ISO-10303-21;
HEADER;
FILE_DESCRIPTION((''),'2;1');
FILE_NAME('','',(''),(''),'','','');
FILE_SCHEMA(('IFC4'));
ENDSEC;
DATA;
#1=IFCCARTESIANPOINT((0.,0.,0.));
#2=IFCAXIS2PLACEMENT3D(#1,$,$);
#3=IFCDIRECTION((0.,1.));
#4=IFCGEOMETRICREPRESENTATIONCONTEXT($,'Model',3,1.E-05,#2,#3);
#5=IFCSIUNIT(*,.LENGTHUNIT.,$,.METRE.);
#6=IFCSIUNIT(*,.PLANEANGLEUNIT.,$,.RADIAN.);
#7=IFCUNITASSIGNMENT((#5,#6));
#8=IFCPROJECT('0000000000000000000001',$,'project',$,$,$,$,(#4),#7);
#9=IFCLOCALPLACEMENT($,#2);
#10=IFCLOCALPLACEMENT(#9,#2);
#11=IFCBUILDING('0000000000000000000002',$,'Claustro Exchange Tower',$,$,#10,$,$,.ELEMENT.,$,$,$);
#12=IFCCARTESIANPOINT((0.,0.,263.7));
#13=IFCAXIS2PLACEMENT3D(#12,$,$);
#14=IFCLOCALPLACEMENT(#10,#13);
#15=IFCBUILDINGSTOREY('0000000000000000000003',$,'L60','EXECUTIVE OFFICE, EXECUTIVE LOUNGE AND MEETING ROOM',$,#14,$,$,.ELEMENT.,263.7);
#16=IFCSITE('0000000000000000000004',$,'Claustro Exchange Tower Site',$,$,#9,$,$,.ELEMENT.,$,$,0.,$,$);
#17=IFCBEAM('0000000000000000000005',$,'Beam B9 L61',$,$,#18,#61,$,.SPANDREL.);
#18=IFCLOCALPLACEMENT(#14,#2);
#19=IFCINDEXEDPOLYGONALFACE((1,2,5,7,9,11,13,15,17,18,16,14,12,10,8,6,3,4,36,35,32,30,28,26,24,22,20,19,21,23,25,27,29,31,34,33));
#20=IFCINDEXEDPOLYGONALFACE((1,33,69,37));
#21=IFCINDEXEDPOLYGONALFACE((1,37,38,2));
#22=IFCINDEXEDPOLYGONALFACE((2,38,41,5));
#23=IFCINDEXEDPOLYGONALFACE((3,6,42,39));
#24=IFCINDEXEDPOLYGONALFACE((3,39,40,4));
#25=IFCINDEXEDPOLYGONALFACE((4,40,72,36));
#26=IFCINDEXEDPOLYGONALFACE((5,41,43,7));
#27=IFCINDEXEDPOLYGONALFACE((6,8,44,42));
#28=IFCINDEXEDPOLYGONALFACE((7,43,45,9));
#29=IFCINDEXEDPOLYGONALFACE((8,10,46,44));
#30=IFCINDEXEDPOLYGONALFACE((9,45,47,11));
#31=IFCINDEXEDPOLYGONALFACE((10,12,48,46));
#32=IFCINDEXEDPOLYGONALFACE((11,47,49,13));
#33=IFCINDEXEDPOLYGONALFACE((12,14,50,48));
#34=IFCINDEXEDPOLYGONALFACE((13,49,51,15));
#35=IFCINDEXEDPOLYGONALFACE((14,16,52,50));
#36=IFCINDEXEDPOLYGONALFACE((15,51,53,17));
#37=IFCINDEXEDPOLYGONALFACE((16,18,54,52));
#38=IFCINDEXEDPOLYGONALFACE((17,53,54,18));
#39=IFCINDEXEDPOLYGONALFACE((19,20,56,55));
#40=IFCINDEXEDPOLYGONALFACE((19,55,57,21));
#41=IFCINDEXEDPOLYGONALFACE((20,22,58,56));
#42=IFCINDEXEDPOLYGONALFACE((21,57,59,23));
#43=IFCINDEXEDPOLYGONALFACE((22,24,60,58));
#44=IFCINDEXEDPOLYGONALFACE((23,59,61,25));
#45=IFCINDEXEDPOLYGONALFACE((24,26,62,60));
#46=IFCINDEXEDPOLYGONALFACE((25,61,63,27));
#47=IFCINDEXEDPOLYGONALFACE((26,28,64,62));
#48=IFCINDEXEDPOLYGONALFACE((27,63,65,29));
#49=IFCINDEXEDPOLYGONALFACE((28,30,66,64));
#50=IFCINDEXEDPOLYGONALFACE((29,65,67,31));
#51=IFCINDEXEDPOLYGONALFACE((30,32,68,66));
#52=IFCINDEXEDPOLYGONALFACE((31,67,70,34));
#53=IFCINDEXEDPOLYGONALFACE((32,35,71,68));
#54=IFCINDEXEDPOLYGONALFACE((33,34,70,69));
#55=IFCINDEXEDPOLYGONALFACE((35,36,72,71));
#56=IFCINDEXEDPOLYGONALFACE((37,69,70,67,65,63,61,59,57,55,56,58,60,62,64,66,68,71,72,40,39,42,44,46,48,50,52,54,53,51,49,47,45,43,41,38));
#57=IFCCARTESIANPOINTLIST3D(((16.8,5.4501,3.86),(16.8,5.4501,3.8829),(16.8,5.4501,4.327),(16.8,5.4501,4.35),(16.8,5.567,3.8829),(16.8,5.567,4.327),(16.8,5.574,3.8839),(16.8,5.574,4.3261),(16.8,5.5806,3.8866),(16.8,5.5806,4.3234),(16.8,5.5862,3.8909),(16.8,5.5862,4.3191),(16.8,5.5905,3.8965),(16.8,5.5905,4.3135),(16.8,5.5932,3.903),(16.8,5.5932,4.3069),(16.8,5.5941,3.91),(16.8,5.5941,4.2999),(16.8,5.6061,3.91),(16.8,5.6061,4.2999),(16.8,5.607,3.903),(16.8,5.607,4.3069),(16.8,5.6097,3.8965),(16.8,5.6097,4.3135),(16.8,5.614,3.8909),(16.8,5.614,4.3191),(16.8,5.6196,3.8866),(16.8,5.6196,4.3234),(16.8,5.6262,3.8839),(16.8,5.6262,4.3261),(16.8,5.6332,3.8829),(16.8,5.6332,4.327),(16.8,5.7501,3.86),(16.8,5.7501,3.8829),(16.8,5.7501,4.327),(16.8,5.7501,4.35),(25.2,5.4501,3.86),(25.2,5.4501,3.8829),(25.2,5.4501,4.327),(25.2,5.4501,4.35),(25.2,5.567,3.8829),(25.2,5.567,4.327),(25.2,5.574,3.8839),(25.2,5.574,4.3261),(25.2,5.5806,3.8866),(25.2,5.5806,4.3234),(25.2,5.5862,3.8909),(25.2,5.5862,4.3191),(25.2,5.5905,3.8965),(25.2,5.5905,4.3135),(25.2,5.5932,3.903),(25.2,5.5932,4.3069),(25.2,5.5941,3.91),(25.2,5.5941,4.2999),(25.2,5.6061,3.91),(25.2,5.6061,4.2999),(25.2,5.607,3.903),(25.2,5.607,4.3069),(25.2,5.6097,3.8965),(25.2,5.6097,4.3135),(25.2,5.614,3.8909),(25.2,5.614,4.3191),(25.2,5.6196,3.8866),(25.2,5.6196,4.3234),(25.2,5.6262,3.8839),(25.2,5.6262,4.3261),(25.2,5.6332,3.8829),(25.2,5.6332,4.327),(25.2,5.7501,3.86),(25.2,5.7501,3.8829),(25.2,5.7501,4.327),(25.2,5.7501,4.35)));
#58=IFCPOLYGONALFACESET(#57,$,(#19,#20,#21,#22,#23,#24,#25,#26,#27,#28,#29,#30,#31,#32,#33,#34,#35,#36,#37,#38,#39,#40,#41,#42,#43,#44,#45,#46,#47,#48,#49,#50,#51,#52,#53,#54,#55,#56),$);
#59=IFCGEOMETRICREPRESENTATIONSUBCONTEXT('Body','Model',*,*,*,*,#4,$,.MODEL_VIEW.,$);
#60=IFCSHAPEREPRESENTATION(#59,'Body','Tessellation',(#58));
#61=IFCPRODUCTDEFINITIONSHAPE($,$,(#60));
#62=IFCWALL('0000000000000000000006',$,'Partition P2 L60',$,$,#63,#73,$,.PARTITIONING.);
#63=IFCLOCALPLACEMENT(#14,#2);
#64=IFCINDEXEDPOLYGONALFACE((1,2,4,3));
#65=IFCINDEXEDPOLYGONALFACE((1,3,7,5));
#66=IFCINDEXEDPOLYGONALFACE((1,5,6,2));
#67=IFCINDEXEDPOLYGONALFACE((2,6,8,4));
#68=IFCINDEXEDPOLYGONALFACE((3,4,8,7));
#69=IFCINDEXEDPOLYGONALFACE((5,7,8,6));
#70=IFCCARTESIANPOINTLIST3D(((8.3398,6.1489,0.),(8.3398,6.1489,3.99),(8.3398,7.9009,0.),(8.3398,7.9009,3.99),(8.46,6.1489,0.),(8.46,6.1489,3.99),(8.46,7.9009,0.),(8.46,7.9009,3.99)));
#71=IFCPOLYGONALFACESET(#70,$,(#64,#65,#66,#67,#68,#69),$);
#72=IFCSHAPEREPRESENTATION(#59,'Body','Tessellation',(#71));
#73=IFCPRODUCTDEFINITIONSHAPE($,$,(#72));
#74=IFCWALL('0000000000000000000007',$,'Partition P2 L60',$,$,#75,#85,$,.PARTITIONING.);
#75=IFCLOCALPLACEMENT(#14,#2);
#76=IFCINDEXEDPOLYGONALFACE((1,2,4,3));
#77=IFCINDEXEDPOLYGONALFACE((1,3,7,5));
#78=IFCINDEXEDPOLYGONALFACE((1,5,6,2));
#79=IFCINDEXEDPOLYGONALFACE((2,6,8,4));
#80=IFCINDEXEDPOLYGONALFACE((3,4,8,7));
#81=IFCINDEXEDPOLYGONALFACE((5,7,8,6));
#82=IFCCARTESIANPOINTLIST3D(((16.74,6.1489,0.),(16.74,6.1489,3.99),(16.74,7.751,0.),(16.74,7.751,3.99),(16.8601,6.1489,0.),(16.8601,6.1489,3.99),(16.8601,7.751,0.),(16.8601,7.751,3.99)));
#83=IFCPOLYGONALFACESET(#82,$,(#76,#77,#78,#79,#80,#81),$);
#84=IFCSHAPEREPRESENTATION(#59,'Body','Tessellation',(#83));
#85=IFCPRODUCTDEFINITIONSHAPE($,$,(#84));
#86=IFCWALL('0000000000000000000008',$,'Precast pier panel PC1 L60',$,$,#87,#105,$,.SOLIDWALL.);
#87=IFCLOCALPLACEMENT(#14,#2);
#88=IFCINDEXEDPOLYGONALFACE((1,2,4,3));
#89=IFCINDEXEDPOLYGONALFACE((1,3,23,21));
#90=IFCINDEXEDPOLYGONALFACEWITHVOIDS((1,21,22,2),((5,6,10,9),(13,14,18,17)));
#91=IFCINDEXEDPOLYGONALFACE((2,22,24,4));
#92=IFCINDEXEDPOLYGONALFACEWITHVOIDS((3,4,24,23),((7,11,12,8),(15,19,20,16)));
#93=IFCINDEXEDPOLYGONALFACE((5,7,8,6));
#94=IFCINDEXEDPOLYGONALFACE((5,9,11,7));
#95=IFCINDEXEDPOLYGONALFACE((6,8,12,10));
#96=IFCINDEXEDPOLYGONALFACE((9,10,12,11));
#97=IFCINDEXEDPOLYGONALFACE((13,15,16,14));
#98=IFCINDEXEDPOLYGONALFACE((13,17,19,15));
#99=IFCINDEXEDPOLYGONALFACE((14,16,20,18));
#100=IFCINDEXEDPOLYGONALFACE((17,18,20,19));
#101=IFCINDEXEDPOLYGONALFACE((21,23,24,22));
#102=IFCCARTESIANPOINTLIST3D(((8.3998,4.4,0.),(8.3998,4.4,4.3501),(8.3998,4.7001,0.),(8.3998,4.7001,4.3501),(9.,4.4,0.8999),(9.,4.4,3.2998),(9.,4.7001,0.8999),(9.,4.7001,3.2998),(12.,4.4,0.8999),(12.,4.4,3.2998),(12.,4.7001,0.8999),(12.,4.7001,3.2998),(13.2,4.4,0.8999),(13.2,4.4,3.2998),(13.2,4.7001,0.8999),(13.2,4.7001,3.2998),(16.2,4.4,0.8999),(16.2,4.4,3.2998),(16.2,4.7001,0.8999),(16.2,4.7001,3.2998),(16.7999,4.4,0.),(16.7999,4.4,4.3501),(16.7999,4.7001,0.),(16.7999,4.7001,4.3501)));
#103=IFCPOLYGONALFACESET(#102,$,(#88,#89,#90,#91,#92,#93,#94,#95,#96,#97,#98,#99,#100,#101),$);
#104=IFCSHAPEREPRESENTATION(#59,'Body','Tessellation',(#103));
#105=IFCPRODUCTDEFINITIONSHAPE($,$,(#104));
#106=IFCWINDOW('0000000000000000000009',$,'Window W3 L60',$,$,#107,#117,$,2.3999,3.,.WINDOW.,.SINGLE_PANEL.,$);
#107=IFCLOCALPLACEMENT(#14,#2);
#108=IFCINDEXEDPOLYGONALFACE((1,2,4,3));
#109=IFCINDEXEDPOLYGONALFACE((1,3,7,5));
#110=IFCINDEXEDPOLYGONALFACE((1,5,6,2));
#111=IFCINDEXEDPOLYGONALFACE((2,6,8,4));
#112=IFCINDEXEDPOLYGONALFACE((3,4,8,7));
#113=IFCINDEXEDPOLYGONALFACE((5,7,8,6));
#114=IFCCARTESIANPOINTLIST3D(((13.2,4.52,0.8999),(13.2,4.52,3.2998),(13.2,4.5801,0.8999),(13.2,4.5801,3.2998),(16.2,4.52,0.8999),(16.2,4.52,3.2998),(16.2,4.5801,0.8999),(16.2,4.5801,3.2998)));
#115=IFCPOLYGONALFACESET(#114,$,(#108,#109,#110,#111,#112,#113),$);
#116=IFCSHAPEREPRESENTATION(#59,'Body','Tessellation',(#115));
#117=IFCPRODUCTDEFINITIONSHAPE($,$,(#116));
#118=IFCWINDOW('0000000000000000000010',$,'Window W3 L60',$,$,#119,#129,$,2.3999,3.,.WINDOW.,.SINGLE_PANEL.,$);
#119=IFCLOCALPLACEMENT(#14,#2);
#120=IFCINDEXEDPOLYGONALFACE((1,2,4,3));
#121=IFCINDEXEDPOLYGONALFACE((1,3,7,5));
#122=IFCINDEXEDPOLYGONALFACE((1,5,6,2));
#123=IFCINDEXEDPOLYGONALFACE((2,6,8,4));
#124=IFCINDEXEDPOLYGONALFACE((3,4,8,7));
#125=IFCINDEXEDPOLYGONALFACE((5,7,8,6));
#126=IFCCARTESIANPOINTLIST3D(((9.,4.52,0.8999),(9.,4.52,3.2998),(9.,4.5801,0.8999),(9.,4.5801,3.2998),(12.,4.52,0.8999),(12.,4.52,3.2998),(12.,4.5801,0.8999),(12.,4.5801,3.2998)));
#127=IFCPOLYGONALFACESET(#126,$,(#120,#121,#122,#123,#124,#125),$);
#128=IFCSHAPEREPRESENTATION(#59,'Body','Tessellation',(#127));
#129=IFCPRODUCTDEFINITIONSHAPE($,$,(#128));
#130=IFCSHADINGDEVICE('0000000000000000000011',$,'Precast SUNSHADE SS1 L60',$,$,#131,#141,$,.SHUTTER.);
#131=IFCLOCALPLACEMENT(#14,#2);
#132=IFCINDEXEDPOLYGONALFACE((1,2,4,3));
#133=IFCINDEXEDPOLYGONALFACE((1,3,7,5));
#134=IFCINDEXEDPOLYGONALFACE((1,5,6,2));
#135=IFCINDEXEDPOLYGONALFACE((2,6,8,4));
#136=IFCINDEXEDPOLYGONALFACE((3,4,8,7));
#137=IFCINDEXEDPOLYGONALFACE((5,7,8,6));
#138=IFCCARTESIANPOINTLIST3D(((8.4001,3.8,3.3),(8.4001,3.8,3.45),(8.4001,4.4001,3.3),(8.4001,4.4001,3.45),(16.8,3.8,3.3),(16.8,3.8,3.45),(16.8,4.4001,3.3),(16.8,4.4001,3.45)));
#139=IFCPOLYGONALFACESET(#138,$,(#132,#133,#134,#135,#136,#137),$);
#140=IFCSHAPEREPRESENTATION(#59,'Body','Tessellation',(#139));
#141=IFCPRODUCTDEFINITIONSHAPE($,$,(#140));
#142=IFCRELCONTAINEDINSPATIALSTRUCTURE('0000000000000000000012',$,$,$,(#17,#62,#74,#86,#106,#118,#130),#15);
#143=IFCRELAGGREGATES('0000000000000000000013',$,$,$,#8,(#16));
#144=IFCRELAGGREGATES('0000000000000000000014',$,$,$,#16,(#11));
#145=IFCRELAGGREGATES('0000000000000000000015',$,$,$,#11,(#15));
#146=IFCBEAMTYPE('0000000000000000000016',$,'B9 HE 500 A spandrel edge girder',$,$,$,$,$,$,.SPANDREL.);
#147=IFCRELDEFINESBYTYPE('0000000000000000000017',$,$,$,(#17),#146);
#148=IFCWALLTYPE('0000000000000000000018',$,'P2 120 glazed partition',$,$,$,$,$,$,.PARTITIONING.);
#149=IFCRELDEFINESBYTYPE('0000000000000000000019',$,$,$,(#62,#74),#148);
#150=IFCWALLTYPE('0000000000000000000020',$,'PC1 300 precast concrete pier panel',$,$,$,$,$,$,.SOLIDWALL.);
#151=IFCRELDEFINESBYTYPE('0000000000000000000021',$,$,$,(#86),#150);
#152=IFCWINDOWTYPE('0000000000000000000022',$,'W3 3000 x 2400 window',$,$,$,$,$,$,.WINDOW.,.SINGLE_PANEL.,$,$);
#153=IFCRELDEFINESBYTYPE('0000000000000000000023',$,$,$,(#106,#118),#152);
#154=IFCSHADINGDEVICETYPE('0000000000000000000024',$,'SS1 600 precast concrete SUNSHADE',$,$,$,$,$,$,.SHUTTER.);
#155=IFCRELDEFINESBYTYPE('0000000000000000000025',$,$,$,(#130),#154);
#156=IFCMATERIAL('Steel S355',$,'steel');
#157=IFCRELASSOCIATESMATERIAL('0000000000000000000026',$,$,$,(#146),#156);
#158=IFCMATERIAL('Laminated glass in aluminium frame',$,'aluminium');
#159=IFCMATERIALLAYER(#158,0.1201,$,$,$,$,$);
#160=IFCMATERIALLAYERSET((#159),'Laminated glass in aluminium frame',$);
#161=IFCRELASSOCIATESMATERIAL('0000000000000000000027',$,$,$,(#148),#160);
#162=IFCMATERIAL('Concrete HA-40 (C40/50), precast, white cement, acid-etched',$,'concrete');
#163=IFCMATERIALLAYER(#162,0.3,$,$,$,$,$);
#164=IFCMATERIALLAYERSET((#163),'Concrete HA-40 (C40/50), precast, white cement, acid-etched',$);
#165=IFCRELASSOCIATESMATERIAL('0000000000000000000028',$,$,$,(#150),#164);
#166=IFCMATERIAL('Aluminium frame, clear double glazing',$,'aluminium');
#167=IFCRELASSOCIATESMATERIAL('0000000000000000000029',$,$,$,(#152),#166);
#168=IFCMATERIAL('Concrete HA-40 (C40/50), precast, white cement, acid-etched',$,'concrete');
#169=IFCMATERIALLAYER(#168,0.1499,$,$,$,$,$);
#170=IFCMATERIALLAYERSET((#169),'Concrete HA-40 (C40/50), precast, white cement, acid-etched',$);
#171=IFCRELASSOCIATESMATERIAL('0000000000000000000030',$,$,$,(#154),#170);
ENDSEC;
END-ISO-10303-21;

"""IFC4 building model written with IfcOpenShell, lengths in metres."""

from ifc_helpers import new_model, si_unit, direction, frame, frame_2d, origin, origin_2d, place, context, subcontext, project, spatial, rectangle, i_section, extrude, material, layer, layer_set, material_profile, profile_set, type_object, element, fill, save


model = new_model("IFC4")

# Units and contexts
model_context = context("Model", 3, precision=1e-05, world=origin(), true_north=direction((0.0, 1.0)))
body_context = subcontext(model_context, "Body", "Model", "MODEL_VIEW")
ifc_project = project(units=[si_unit("LENGTHUNIT", "METRE"), si_unit("PLANEANGLEUNIT", "RADIAN")], contexts=[model_context])

# Site, building, storey
site_placement = place(None, origin())
site = spatial("IfcSite", under=ifc_project, at=site_placement, Name="Claustro Exchange Tower Site", CompositionType="ELEMENT", RefElevation=0.0)
building_placement = place(site_placement, origin())
building = spatial("IfcBuilding", under=site, at=building_placement, Name="Claustro Exchange Tower", CompositionType="ELEMENT")
storey_placement = place(building_placement, frame((0.0, 0.0, 263.7)))
storey = spatial("IfcBuildingStorey", under=building, at=storey_placement, Name="L60", Description="EXECUTIVE OFFICE, EXECUTIVE LOUNGE AND MEETING ROOM", CompositionType="ELEMENT", Elevation=263.7)

# Beam
ifc_material_1 = material(Name="Steel S355", Category="steel")
ifc_material_profile_1 = material_profile(ifc_material_1, i_section(OverallWidth=0.3, OverallDepth=0.49, WebThickness=0.012, FlangeThickness=0.0229, FilletRadius=0.0271, at=origin_2d()), Name="HE 500 A")
ifc_profile_set_1 = profile_set([ifc_material_profile_1], Name="Steel S355")
beam_type_1 = type_object("IfcBeamType", Name="B9 HE 500 A spandrel edge girder", PredefinedType="SPANDREL", material=ifc_profile_set_1)
beam_1_placement = place(storey_placement, frame((16.8, 5.6001, 4.105), z_axis=(1.0, 0.0, 0.0), x_axis=(0.0, 1.0, 0.0)))
element("IfcBeam", 1, at=beam_1_placement, inside=storey, type_object=beam_type_1, Name="Beam B9 L61", PredefinedType="SPANDREL", context=body_context, shape_type="SweptSolid", body=[
    extrude(i_section(OverallWidth=0.3, OverallDepth=0.49, WebThickness=0.012, FlangeThickness=0.0229, FilletRadius=0.0271, at=origin_2d()), origin(), (0.0, 0.0, 1.0), 8.3999),
])

# Walls
ifc_material_2 = material(Name="Laminated glass in aluminium frame", Category="aluminium")
ifc_layer_1 = layer(ifc_material_2, 0.1201)
ifc_layer_set_1 = layer_set([ifc_layer_1], Name="Laminated glass in aluminium frame")
wall_type_1 = type_object("IfcWallType", Name="P2 120 glazed partition", PredefinedType="PARTITIONING", material=ifc_layer_set_1)
wall_1_placement = place(storey_placement, frame((8.3999, 6.1489, 0.0), z_axis=(0.0, 0.0, 1.0), x_axis=(0.0, 1.0, 0.0)))
element("IfcWall", 2, at=wall_1_placement, inside=storey, type_object=wall_type_1, Name="Partition P2 L60", PredefinedType="PARTITIONING", context=body_context, shape_type="SweptSolid", body=[
    extrude(rectangle(XDim=1.752, YDim=0.1201, at=frame_2d((0.876, 0.0))), origin(), (0.0, 0.0, 1.0), 3.99),
])
wall_2_placement = place(storey_placement, frame((16.8, 6.1489, 0.0), z_axis=(0.0, 0.0, 1.0), x_axis=(0.0, 1.0, 0.0)))
element("IfcWall", 3, at=wall_2_placement, inside=storey, type_object=wall_type_1, Name="Partition P2 L60", PredefinedType="PARTITIONING", context=body_context, shape_type="SweptSolid", body=[
    extrude(rectangle(XDim=1.6021, YDim=0.1201, at=frame_2d((0.801, 0.0))), origin(), (0.0, 0.0, 1.0), 3.99),
])

# Wall, openings, windows
ifc_material_3 = material(Name="Concrete HA-40 (C40/50), precast, white cement, acid-etched", Category="concrete")
ifc_layer_2 = layer(ifc_material_3, 0.3)
ifc_layer_set_2 = layer_set([ifc_layer_2], Name="Concrete HA-40 (C40/50), precast, white cement, acid-etched")
wall_type_2 = type_object("IfcWallType", Name="PC1 300 precast concrete pier panel", PredefinedType="SOLIDWALL", material=ifc_layer_set_2)
wall_3_placement = place(storey_placement, frame((16.8, 4.55, 0.0), z_axis=(0.0, 0.0, 1.0), x_axis=(-1.0, 0.0, 0.0)))
wall_3 = element("IfcWall", 4, at=wall_3_placement, inside=storey, type_object=wall_type_2, Name="Precast pier panel PC1 L60", PredefinedType="SOLIDWALL", context=body_context, shape_type="SweptSolid", body=[
    extrude(rectangle(XDim=8.4001, YDim=0.3, at=frame_2d((4.2002, 0.0))), origin(), (0.0, 0.0, 1.0), 4.3501),
])
opening_1_placement = place(wall_3_placement, frame((0.6001, 0.0, 0.8999)))
opening_1 = element("IfcOpeningElement", 5, at=opening_1_placement, cuts=wall_3, PredefinedType="OPENING", context=body_context, shape_type="SweptSolid", body=[
    extrude(rectangle(XDim=3.0, YDim=2.3999, at=frame_2d((1.5, 1.2))), frame((0.0, 0.1599, 0.0), z_axis=(0.0, -1.0, 0.0), x_axis=(1.0, 0.0, 0.0)), (0.0, 0.0, 1.0), 0.3201),
])
opening_2_placement = place(wall_3_placement, frame((4.8, 0.0, 0.8999)))
opening_2 = element("IfcOpeningElement", 6, at=opening_2_placement, cuts=wall_3, PredefinedType="OPENING", context=body_context, shape_type="SweptSolid", body=[
    extrude(rectangle(XDim=3.0, YDim=2.3999, at=frame_2d((1.5, 1.2))), frame((0.0, 0.1599, 0.0), z_axis=(0.0, -1.0, 0.0), x_axis=(1.0, 0.0, 0.0)), (0.0, 0.0, 1.0), 0.3201),
])
ifc_material_4 = material(Name="Aluminium frame, clear double glazing", Category="aluminium")
window_type = type_object("IfcWindowType", Name="W3 3000 x 2400 window", PartitioningType="SINGLE_PANEL", PredefinedType="WINDOW", material=ifc_material_4)
window_1_placement = place(opening_1_placement, origin())
window_1 = element("IfcWindow", 7, at=window_1_placement, inside=storey, type_object=window_type, Name="Window W3 L60", OverallHeight=2.3999, OverallWidth=3.0, PartitioningType="SINGLE_PANEL", PredefinedType="WINDOW", context=body_context, shape_type="SweptSolid", body=[
    extrude(rectangle(XDim=3.0, YDim=2.3999, at=frame_2d((1.5, 1.2))), frame((0.0, 0.03, 0.0), z_axis=(0.0, -1.0, 0.0), x_axis=(1.0, 0.0, 0.0)), (0.0, 0.0, 1.0), 0.0601),
])
fill(opening_1, window_1)
window_2_placement = place(opening_2_placement, origin())
window_2 = element("IfcWindow", 8, at=window_2_placement, inside=storey, type_object=window_type, Name="Window W3 L60", OverallHeight=2.3999, OverallWidth=3.0, PartitioningType="SINGLE_PANEL", PredefinedType="WINDOW", context=body_context, shape_type="SweptSolid", body=[
    extrude(rectangle(XDim=3.0, YDim=2.3999, at=frame_2d((1.5, 1.2))), frame((0.0, 0.03, 0.0), z_axis=(0.0, -1.0, 0.0), x_axis=(1.0, 0.0, 0.0)), (0.0, 0.0, 1.0), 0.0601),
])
fill(opening_2, window_2)

# Shading device
ifc_material_5 = material(Name="Concrete HA-40 (C40/50), precast, white cement, acid-etched", Category="concrete")
ifc_layer_3 = layer(ifc_material_5, 0.1499)
ifc_layer_set_3 = layer_set([ifc_layer_3], Name="Concrete HA-40 (C40/50), precast, white cement, acid-etched")
shading_device_type = type_object("IfcShadingDeviceType", Name="SS1 600 precast concrete SUNSHADE", PredefinedType="SHUTTER", material=ifc_layer_set_3)
shading_device_placement = place(storey_placement, frame((12.6001, 4.1001, 3.3), z_axis=(0.0, 0.0, 1.0), x_axis=(-1.0, 0.0, 0.0)))
element("IfcShadingDevice", 9, at=shading_device_placement, inside=storey, type_object=shading_device_type, Name="Precast SUNSHADE SS1 L60", PredefinedType="SHUTTER", context=body_context, shape_type="SweptSolid", body=[
    extrude(rectangle(XDim=8.3999, YDim=0.6001, at=origin_2d()), origin(), (0.0, 0.0, 1.0), 0.1499),
])

save(model, "model.ifc")
